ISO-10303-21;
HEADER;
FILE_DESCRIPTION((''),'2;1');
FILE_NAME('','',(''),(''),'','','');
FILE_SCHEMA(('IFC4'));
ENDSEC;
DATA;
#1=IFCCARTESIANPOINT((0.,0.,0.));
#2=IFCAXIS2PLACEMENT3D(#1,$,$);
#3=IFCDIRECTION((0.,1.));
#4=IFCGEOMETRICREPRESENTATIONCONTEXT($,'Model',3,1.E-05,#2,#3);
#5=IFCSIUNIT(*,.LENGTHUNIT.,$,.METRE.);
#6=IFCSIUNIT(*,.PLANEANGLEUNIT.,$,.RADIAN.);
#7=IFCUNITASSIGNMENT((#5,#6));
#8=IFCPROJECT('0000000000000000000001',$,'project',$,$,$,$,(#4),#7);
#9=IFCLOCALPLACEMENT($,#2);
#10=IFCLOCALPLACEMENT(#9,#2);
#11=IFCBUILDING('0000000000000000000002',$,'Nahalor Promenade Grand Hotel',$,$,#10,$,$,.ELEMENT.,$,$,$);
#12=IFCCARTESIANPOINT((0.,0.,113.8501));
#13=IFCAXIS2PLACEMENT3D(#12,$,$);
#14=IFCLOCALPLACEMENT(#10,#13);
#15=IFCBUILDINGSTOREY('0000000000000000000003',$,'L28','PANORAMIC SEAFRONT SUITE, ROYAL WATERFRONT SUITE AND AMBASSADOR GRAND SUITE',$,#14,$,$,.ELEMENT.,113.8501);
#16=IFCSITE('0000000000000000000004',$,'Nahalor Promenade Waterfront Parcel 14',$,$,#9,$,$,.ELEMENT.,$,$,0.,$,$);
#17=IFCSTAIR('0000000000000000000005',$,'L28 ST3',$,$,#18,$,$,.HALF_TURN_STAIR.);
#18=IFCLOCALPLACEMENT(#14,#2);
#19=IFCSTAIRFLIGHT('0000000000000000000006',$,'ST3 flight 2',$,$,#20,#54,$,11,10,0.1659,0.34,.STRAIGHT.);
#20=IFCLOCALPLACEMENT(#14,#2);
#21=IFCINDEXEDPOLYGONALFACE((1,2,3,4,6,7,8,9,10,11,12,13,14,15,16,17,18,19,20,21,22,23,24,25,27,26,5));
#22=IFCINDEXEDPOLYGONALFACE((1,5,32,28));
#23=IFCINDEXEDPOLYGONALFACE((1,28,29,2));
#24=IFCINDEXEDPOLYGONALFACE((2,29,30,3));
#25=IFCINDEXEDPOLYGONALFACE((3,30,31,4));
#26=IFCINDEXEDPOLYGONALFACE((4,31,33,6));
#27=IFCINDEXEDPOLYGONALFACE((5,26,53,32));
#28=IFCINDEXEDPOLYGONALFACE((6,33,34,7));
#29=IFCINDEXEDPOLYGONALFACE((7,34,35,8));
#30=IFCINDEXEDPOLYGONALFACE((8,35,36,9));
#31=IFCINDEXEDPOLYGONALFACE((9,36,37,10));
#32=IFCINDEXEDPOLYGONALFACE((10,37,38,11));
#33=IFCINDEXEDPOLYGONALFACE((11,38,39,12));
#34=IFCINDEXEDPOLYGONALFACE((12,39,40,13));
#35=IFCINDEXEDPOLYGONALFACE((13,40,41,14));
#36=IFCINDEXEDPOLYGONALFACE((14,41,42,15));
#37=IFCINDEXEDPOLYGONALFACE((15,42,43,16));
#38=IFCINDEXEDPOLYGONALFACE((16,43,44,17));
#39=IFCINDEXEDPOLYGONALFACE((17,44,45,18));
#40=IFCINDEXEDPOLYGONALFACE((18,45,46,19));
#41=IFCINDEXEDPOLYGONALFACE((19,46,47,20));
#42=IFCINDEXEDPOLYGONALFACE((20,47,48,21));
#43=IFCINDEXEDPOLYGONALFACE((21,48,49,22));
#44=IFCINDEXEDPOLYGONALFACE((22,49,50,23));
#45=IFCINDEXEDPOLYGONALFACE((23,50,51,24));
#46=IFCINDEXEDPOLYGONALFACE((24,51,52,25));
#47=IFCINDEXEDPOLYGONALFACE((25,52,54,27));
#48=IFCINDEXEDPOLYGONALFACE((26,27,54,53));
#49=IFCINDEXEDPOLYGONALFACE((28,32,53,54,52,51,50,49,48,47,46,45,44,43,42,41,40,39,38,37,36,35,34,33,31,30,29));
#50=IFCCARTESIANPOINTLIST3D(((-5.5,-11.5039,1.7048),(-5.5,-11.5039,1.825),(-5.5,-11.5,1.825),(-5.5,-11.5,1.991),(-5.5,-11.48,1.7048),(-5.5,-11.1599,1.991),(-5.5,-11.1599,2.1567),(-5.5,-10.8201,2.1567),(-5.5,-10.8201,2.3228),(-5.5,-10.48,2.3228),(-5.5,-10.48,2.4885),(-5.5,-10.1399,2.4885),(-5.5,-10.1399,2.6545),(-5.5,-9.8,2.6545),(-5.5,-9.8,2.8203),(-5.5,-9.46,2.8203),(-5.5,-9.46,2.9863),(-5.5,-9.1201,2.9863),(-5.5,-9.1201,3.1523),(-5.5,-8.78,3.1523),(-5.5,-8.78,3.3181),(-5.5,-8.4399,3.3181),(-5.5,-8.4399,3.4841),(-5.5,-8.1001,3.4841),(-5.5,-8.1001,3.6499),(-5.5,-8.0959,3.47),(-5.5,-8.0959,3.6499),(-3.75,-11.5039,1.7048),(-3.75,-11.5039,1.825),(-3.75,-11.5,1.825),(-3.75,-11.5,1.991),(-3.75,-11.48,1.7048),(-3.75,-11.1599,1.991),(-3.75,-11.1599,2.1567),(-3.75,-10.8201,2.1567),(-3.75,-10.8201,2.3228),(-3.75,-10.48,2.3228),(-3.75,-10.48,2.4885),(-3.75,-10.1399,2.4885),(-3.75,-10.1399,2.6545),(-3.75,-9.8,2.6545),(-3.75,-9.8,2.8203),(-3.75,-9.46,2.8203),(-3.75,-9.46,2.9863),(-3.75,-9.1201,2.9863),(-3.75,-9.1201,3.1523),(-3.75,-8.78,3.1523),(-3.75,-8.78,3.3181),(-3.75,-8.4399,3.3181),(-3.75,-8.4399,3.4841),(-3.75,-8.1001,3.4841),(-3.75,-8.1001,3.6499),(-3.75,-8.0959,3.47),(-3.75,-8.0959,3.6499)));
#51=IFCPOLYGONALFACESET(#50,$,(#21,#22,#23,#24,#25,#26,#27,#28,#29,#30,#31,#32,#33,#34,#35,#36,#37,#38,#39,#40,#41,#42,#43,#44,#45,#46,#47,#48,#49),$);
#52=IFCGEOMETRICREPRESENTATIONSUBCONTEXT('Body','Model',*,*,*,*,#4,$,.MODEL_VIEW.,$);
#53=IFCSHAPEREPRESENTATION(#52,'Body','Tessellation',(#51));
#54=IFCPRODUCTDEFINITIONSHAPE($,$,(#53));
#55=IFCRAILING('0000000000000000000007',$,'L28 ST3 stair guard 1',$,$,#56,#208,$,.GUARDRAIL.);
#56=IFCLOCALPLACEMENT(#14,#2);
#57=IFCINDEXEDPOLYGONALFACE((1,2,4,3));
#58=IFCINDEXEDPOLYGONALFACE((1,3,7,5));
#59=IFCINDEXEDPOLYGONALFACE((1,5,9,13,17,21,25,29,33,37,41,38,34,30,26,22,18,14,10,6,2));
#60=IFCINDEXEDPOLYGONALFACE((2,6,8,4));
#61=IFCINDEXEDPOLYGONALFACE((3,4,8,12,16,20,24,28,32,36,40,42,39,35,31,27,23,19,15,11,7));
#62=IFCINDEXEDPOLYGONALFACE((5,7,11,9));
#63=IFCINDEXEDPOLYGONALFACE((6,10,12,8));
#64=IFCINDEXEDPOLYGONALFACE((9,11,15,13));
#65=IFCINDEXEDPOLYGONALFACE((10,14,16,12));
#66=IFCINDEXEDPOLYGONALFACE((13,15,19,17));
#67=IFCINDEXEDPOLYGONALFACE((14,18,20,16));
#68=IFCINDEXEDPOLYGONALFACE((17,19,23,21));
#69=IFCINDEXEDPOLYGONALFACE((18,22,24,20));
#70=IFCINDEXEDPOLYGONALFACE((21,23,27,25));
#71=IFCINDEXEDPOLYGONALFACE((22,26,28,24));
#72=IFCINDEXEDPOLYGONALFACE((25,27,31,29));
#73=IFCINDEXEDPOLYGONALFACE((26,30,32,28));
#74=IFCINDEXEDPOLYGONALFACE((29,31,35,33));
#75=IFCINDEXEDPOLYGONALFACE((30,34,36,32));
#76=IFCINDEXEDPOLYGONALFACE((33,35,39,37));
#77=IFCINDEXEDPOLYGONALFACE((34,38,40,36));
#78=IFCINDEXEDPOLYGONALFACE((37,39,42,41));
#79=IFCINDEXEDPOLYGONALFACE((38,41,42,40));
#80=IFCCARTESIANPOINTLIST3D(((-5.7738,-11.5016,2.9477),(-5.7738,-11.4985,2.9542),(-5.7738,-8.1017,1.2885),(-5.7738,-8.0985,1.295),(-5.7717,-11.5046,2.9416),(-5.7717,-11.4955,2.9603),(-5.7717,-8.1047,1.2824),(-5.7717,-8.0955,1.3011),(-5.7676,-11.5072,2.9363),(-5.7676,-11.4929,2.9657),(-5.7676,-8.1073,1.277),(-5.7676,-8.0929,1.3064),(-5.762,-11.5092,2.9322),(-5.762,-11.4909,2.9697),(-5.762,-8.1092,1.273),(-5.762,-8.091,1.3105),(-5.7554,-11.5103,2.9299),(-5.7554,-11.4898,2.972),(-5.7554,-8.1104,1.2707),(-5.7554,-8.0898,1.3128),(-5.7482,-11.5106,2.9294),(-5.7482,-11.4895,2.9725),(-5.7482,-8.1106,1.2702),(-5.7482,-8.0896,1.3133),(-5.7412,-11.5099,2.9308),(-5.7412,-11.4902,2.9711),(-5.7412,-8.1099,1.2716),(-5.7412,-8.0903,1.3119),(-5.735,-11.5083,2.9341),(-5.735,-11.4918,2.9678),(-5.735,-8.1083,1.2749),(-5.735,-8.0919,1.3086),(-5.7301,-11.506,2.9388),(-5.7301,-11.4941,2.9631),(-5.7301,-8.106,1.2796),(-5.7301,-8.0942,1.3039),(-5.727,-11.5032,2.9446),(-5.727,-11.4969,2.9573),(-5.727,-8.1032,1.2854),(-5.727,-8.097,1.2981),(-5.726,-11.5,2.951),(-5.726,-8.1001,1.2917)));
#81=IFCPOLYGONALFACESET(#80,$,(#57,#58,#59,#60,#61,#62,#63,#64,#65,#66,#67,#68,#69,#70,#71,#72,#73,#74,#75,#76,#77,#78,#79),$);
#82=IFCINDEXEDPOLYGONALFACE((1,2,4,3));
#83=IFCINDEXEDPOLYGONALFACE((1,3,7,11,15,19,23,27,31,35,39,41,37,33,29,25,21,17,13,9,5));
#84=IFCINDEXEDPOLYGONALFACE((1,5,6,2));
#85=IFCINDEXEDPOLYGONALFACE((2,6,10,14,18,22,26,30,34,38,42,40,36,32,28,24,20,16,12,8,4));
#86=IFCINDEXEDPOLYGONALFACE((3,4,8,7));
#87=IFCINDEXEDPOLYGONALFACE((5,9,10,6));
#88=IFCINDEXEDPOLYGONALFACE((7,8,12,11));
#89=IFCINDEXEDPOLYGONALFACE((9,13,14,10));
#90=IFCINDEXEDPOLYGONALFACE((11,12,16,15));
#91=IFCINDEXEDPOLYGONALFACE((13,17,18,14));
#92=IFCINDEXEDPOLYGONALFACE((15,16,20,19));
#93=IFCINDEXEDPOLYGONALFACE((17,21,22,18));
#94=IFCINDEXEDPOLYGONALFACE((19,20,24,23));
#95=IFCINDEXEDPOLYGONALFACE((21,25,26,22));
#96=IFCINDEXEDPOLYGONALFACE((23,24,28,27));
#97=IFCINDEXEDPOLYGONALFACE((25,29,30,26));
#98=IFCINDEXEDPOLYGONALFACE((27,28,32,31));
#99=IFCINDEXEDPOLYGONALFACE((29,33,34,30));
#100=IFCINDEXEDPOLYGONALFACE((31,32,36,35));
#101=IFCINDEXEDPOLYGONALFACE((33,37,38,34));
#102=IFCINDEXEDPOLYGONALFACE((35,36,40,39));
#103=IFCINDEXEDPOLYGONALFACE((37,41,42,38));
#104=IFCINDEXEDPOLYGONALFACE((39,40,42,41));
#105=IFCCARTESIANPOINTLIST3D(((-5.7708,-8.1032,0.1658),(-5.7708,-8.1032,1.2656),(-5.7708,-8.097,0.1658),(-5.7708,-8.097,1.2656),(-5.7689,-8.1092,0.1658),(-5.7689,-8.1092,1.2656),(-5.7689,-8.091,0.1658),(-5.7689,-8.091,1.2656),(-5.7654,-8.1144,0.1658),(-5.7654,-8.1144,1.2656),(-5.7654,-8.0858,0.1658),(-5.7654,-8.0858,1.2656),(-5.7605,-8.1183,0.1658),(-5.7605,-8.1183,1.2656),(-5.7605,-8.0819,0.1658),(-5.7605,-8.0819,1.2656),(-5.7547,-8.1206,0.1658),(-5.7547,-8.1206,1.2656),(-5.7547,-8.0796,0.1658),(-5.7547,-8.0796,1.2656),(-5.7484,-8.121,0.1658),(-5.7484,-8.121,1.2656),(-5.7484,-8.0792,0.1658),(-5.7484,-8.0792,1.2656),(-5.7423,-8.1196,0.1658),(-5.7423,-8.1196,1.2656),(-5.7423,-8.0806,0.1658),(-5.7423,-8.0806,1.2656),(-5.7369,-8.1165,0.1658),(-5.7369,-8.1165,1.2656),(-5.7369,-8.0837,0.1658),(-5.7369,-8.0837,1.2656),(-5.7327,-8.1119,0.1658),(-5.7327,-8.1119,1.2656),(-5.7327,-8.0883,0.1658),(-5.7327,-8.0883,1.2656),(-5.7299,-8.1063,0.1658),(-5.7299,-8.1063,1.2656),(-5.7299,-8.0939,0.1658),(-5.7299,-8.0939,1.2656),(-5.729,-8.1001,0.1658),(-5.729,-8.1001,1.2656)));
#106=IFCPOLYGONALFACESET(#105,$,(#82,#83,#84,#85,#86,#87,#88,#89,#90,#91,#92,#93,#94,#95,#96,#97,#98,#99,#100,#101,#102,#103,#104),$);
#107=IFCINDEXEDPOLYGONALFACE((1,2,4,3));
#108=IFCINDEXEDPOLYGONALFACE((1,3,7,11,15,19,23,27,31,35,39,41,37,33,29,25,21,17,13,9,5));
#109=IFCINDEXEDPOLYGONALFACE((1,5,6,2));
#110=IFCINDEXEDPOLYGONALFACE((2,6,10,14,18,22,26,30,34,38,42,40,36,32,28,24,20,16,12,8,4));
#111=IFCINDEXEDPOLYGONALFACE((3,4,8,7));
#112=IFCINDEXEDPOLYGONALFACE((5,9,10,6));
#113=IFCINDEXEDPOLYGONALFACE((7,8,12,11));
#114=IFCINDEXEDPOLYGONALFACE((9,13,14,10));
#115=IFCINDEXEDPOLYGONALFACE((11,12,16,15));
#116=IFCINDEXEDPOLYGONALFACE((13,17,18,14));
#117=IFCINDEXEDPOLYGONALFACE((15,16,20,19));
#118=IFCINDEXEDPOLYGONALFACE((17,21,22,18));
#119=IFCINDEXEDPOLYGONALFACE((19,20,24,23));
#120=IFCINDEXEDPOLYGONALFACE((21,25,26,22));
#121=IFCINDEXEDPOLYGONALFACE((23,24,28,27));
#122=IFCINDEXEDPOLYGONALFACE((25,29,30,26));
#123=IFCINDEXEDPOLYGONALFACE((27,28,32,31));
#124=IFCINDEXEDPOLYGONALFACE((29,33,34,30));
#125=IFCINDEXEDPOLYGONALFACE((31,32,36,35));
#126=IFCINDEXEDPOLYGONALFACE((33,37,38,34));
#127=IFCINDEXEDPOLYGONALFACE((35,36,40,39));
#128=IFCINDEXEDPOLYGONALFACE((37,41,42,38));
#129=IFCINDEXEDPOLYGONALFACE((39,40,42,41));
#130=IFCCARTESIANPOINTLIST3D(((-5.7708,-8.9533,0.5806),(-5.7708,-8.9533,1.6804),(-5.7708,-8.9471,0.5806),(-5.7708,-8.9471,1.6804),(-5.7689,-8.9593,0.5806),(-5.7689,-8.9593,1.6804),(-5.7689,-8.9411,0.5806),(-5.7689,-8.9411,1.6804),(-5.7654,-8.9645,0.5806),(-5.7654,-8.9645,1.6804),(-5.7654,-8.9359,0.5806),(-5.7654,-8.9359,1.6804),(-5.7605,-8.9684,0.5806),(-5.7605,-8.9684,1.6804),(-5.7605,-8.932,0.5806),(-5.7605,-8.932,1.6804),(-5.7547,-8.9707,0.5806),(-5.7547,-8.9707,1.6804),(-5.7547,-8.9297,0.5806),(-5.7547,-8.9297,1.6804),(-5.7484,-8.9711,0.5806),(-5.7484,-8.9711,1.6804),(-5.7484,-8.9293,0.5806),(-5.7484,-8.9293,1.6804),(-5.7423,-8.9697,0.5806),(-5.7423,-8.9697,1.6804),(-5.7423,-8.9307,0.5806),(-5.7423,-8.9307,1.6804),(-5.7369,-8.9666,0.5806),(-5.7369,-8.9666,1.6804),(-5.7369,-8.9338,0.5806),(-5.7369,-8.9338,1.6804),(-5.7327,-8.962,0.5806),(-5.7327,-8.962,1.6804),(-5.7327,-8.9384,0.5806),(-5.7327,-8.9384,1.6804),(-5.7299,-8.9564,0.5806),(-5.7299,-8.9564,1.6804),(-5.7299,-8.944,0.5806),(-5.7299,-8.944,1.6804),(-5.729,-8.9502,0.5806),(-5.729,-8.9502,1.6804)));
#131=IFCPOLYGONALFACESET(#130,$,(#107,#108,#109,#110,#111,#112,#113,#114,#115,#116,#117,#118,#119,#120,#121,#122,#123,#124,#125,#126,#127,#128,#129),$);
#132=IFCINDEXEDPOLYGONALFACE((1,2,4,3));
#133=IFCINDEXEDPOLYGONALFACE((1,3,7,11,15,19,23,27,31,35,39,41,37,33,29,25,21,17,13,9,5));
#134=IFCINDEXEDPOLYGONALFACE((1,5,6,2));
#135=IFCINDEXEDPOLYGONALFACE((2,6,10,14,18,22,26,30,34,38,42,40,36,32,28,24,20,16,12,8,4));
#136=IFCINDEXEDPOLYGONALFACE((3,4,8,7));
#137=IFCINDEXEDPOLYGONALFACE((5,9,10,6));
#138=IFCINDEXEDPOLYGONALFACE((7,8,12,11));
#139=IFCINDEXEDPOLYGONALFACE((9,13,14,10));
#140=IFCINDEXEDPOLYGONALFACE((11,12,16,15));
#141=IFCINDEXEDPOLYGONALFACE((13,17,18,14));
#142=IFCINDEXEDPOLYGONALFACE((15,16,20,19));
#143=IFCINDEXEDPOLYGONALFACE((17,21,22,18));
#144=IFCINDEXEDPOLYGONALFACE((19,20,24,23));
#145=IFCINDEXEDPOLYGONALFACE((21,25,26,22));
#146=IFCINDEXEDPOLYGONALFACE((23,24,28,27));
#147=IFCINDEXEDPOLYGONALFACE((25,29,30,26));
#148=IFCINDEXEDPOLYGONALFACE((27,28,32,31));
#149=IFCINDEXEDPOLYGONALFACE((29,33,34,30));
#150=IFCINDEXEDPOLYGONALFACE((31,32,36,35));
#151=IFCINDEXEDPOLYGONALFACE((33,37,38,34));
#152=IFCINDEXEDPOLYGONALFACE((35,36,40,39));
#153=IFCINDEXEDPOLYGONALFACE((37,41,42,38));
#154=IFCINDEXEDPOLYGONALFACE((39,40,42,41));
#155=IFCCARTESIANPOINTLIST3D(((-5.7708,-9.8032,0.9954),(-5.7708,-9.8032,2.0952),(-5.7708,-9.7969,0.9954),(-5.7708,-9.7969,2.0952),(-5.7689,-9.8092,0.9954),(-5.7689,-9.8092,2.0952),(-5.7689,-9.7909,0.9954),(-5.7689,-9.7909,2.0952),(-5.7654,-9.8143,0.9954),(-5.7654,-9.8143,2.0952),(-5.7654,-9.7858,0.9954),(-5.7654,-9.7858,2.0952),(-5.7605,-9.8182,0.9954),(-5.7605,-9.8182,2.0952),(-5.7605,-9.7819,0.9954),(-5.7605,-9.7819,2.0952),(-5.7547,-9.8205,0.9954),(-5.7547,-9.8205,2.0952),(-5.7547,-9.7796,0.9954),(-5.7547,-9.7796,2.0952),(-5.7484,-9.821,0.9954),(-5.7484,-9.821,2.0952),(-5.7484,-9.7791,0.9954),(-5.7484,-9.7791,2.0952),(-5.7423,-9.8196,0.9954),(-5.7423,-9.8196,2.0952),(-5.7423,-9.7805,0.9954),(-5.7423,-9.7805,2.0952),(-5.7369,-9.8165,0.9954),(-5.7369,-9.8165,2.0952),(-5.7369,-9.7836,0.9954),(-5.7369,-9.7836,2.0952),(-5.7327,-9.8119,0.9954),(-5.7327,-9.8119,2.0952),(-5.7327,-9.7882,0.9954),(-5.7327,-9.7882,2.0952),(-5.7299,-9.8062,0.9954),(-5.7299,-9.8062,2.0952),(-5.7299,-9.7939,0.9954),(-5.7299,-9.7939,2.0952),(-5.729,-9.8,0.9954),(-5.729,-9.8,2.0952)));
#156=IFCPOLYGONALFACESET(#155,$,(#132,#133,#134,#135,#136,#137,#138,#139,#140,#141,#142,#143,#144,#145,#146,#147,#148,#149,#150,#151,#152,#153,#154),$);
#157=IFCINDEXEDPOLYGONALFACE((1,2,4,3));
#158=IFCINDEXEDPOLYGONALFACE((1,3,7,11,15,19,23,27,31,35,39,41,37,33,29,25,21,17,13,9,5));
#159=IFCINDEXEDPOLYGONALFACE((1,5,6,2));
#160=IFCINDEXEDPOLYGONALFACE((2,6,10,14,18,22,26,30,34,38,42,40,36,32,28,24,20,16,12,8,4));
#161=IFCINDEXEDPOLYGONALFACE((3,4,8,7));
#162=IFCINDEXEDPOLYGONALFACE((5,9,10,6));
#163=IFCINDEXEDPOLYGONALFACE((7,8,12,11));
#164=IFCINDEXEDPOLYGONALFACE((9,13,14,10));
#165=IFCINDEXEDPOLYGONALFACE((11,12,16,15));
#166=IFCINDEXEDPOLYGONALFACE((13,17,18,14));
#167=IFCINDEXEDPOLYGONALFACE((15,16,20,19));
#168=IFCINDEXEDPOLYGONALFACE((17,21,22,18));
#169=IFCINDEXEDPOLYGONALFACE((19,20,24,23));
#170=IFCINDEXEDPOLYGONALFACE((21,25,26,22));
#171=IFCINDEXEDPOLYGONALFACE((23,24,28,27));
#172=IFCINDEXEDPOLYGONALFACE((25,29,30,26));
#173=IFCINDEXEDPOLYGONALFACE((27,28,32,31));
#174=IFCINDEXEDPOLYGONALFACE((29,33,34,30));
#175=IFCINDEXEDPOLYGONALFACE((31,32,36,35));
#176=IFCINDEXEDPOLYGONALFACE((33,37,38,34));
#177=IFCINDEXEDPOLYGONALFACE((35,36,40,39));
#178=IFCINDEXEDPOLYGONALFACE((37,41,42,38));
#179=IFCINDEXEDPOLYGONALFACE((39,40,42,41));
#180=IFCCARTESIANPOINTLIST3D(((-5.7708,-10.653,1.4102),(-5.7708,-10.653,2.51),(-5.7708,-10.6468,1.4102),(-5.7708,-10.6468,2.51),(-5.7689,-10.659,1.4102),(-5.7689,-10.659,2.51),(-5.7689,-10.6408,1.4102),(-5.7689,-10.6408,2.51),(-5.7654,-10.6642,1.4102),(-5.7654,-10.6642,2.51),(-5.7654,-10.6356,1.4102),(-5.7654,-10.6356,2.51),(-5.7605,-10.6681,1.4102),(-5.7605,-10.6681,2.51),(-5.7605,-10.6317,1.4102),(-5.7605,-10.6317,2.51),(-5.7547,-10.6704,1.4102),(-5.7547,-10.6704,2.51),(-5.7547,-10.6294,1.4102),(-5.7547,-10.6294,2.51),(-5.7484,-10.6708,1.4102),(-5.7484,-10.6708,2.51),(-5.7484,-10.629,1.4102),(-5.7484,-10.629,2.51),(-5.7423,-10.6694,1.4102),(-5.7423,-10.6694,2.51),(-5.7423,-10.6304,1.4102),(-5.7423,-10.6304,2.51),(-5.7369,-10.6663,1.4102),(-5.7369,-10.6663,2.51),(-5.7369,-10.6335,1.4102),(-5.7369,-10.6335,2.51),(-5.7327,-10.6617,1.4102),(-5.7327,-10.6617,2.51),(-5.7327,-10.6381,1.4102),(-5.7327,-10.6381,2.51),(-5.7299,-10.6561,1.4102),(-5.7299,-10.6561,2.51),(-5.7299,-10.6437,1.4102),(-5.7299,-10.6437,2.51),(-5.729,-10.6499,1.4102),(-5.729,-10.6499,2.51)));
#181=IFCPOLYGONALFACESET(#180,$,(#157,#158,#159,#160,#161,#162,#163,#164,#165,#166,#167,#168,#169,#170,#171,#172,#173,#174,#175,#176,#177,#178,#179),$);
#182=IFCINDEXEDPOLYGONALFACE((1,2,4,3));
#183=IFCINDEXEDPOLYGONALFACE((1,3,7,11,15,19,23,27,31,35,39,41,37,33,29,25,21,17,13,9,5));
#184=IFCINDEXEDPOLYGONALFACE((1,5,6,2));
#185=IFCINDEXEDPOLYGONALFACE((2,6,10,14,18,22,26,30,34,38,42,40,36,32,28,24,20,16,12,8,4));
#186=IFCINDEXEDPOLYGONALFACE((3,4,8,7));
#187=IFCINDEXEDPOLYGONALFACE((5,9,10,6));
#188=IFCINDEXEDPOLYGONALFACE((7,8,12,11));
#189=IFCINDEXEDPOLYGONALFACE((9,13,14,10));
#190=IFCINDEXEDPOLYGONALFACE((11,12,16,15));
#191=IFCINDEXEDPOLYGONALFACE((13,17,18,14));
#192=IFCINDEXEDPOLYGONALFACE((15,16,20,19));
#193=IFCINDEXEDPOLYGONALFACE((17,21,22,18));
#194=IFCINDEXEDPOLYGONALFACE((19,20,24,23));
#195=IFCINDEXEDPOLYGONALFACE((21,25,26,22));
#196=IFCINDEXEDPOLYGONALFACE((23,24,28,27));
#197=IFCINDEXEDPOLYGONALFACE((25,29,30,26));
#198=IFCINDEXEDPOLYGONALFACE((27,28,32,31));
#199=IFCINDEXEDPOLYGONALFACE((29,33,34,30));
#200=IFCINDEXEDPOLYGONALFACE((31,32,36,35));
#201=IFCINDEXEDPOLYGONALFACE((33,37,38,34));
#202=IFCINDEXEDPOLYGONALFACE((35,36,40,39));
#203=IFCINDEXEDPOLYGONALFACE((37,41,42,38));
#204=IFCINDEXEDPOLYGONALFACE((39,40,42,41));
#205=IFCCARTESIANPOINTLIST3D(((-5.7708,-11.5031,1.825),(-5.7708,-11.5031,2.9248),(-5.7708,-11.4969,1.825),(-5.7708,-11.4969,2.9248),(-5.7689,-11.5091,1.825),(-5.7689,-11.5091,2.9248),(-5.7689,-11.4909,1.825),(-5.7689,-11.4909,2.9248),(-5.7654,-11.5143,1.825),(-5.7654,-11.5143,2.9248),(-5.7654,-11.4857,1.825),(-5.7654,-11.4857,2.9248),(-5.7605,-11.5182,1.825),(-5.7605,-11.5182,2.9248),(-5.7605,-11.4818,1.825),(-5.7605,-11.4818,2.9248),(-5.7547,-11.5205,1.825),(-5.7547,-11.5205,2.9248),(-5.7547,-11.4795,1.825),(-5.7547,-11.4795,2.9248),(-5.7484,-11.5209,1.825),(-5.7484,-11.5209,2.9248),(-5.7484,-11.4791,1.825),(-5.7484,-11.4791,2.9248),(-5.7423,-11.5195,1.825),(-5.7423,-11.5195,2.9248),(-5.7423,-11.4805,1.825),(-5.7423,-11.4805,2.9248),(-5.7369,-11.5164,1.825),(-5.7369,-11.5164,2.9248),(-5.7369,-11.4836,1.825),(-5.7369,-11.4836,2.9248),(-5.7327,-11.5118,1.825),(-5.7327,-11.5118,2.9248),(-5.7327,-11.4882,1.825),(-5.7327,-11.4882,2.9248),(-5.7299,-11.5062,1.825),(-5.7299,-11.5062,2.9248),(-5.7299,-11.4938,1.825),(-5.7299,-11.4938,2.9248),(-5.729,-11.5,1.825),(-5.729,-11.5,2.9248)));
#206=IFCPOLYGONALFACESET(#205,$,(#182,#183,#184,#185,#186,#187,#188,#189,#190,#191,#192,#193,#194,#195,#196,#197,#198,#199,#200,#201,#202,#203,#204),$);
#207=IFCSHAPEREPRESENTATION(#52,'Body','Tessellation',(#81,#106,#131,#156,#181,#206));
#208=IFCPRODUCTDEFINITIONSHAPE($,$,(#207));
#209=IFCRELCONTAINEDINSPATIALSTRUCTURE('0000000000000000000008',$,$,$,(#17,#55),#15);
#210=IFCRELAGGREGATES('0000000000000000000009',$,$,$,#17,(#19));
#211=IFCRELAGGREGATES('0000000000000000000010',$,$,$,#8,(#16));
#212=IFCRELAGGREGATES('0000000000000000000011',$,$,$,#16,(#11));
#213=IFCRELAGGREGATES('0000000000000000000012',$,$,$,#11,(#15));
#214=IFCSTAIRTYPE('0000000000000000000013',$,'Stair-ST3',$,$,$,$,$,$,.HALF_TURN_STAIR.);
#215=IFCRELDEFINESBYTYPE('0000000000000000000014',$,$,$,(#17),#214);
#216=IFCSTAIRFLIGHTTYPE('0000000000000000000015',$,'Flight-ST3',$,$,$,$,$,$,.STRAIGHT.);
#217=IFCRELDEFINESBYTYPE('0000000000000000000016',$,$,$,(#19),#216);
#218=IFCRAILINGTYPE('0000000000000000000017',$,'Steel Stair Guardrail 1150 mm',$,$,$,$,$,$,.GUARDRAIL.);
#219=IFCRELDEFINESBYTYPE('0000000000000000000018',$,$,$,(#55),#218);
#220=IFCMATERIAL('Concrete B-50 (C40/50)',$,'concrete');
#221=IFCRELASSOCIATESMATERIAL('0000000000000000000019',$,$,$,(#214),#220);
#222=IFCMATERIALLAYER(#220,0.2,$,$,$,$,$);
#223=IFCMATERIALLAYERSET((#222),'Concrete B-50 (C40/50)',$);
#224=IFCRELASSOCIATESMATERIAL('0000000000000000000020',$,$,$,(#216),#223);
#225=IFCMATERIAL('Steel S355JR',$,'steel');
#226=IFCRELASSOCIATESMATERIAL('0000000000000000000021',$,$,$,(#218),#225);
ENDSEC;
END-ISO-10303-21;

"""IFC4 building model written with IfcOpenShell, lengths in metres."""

from ifc_helpers import new_model, si_unit, direction, frame, origin, origin_2d, place, context, subcontext, project, spatial, polyline, circle, outline, extrude, source, transform, mapped, material, layer, layer_set, type_object, element, aggregate, save


model = new_model("IFC4")

# Units and contexts
model_context = context("Model", 3, precision=1e-05, world=origin(), true_north=direction((0.0, 1.0)))
body_context = subcontext(model_context, "Body", "Model", "MODEL_VIEW")
ifc_project = project(units=[si_unit("LENGTHUNIT", "METRE"), si_unit("PLANEANGLEUNIT", "RADIAN")], contexts=[model_context])

# Site, building, storey
site_placement = place(None, origin())
site = spatial("IfcSite", under=ifc_project, at=site_placement, Name="Nahalor Promenade Waterfront Parcel 14", CompositionType="ELEMENT", RefElevation=0.0)
building_placement = place(site_placement, origin())
building = spatial("IfcBuilding", under=site, at=building_placement, Name="Nahalor Promenade Grand Hotel", CompositionType="ELEMENT")
storey_placement = place(building_placement, frame((0.0, 0.0, 113.8501)))
storey = spatial("IfcBuildingStorey", under=building, at=storey_placement, Name="L28", Description="PANORAMIC SEAFRONT SUITE, ROYAL WATERFRONT SUITE AND AMBASSADOR GRAND SUITE", CompositionType="ELEMENT", Elevation=113.8501)

# Shared definitions
ifc_material_1 = material(Name="Steel S355JR", Category="steel")

# Shared definitions
ifc_material_2 = material(Name="Concrete B-50 (C40/50)", Category="concrete")

# Stair, stair flight
stair_type = type_object("IfcStairType", Name="Stair-ST3", PredefinedType="HALF_TURN_STAIR", material=ifc_material_2)
stair_placement = place(storey_placement, origin())
stair = element("IfcStair", 1, at=stair_placement, inside=storey, type_object=stair_type, Name="L28 ST3", PredefinedType="HALF_TURN_STAIR")
ifc_layer_1 = layer(ifc_material_2, 0.2)
ifc_layer_set_1 = layer_set([ifc_layer_1], Name="Concrete B-50 (C40/50)")
stair_flight_type = type_object("IfcStairFlightType", Name="Flight-ST3", PredefinedType="STRAIGHT", material=ifc_layer_set_1)
shared_shape_1 = source(origin(), body_context, "Body", "SweptSolid", [
    extrude(outline(polyline([(-0.0039, -0.1201), (-0.0039, 0.0), (0.0, 0.0), (0.0, 0.166), (0.3401, 0.166), (0.3401, 0.3318), (0.6799, 0.3318), (0.6799, 0.4978), (1.02, 0.4978), (1.02, 0.6636), (1.3601, 0.6636), (1.3601, 0.8296), (1.7, 0.8296), (1.7, 0.9954), (2.04, 0.9954), (2.04, 1.1614), (2.3799, 1.1614), (2.3799, 1.3274), (2.72, 1.3274), (2.72, 1.4932), (3.0601, 1.4932), (3.0601, 1.6592), (3.3999, 1.6592), (3.3999, 1.825), (3.4041, 1.825), (3.4041, 1.645), (0.02, -0.1201), (-0.0039, -0.1201)])), frame((0.0, 0.875, 0.0), z_axis=(0.0, -1.0, 0.0), x_axis=(1.0, 0.0, 0.0)), (0.0, 0.0, 1.0), 1.75),
])
stair_flight_1_placement = place(storey_placement, frame((-4.625, -11.5, 1.825), z_axis=(0.0, 0.0, 1.0), x_axis=(0.0, 1.0, 0.0)))
stair_flight_1 = element("IfcStairFlight", 2, at=stair_flight_1_placement, type_object=stair_flight_type, Name="ST3 flight 2", NumberOfRisers=11, NumberOfTreads=10, PredefinedType="STRAIGHT", RiserHeight=0.1659, TreadLength=0.34, context=body_context, shape_type="MappedRepresentation", body=[
    mapped(shared_shape_1, transform((0.0, 0.0, 0.0), scale=1.0)),
])
aggregate(stair, [stair_flight_1])

# Railing
railing_type_1 = type_object("IfcRailingType", Name="Steel Stair Guardrail 1150 mm", PredefinedType="GUARDRAIL", material=ifc_material_1)
railing_1_placement = place(storey_placement, frame((-5.75, -8.1001, 0.1658)))
element("IfcRailing", 3, at=railing_1_placement, inside=storey, type_object=railing_type_1, Name="L28 ST3 stair guard 1", PredefinedType="GUARDRAIL", context=body_context, shape_type="SweptSolid", body=[
    extrude(circle(Radius=0.024, at=origin_2d()), frame((0.0, 0.0, 1.126), z_axis=(0.0, -0.898696, 0.438571), x_axis=(1.0, 0.0, 0.0)), (0.0, 0.0, 1.0), 3.7832),
    extrude(circle(Radius=0.021, at=origin_2d()), origin(), (0.0, 0.0, 1.0), 1.0999),
    extrude(circle(Radius=0.021, at=origin_2d()), frame((0.0, -0.8501, 0.4148)), (0.0, 0.0, 1.0), 1.0999),
    extrude(circle(Radius=0.021, at=origin_2d()), frame((0.0, -1.7, 0.8296)), (0.0, 0.0, 1.0), 1.0999),
    extrude(circle(Radius=0.021, at=origin_2d()), frame((0.0, -2.5498, 1.2444)), (0.0, 0.0, 1.0), 1.0999),
    extrude(circle(Radius=0.021, at=origin_2d()), frame((0.0, -3.3999, 1.6592)), (0.0, 0.0, 1.0), 1.0999),
])

save(model, "model.ifc")
